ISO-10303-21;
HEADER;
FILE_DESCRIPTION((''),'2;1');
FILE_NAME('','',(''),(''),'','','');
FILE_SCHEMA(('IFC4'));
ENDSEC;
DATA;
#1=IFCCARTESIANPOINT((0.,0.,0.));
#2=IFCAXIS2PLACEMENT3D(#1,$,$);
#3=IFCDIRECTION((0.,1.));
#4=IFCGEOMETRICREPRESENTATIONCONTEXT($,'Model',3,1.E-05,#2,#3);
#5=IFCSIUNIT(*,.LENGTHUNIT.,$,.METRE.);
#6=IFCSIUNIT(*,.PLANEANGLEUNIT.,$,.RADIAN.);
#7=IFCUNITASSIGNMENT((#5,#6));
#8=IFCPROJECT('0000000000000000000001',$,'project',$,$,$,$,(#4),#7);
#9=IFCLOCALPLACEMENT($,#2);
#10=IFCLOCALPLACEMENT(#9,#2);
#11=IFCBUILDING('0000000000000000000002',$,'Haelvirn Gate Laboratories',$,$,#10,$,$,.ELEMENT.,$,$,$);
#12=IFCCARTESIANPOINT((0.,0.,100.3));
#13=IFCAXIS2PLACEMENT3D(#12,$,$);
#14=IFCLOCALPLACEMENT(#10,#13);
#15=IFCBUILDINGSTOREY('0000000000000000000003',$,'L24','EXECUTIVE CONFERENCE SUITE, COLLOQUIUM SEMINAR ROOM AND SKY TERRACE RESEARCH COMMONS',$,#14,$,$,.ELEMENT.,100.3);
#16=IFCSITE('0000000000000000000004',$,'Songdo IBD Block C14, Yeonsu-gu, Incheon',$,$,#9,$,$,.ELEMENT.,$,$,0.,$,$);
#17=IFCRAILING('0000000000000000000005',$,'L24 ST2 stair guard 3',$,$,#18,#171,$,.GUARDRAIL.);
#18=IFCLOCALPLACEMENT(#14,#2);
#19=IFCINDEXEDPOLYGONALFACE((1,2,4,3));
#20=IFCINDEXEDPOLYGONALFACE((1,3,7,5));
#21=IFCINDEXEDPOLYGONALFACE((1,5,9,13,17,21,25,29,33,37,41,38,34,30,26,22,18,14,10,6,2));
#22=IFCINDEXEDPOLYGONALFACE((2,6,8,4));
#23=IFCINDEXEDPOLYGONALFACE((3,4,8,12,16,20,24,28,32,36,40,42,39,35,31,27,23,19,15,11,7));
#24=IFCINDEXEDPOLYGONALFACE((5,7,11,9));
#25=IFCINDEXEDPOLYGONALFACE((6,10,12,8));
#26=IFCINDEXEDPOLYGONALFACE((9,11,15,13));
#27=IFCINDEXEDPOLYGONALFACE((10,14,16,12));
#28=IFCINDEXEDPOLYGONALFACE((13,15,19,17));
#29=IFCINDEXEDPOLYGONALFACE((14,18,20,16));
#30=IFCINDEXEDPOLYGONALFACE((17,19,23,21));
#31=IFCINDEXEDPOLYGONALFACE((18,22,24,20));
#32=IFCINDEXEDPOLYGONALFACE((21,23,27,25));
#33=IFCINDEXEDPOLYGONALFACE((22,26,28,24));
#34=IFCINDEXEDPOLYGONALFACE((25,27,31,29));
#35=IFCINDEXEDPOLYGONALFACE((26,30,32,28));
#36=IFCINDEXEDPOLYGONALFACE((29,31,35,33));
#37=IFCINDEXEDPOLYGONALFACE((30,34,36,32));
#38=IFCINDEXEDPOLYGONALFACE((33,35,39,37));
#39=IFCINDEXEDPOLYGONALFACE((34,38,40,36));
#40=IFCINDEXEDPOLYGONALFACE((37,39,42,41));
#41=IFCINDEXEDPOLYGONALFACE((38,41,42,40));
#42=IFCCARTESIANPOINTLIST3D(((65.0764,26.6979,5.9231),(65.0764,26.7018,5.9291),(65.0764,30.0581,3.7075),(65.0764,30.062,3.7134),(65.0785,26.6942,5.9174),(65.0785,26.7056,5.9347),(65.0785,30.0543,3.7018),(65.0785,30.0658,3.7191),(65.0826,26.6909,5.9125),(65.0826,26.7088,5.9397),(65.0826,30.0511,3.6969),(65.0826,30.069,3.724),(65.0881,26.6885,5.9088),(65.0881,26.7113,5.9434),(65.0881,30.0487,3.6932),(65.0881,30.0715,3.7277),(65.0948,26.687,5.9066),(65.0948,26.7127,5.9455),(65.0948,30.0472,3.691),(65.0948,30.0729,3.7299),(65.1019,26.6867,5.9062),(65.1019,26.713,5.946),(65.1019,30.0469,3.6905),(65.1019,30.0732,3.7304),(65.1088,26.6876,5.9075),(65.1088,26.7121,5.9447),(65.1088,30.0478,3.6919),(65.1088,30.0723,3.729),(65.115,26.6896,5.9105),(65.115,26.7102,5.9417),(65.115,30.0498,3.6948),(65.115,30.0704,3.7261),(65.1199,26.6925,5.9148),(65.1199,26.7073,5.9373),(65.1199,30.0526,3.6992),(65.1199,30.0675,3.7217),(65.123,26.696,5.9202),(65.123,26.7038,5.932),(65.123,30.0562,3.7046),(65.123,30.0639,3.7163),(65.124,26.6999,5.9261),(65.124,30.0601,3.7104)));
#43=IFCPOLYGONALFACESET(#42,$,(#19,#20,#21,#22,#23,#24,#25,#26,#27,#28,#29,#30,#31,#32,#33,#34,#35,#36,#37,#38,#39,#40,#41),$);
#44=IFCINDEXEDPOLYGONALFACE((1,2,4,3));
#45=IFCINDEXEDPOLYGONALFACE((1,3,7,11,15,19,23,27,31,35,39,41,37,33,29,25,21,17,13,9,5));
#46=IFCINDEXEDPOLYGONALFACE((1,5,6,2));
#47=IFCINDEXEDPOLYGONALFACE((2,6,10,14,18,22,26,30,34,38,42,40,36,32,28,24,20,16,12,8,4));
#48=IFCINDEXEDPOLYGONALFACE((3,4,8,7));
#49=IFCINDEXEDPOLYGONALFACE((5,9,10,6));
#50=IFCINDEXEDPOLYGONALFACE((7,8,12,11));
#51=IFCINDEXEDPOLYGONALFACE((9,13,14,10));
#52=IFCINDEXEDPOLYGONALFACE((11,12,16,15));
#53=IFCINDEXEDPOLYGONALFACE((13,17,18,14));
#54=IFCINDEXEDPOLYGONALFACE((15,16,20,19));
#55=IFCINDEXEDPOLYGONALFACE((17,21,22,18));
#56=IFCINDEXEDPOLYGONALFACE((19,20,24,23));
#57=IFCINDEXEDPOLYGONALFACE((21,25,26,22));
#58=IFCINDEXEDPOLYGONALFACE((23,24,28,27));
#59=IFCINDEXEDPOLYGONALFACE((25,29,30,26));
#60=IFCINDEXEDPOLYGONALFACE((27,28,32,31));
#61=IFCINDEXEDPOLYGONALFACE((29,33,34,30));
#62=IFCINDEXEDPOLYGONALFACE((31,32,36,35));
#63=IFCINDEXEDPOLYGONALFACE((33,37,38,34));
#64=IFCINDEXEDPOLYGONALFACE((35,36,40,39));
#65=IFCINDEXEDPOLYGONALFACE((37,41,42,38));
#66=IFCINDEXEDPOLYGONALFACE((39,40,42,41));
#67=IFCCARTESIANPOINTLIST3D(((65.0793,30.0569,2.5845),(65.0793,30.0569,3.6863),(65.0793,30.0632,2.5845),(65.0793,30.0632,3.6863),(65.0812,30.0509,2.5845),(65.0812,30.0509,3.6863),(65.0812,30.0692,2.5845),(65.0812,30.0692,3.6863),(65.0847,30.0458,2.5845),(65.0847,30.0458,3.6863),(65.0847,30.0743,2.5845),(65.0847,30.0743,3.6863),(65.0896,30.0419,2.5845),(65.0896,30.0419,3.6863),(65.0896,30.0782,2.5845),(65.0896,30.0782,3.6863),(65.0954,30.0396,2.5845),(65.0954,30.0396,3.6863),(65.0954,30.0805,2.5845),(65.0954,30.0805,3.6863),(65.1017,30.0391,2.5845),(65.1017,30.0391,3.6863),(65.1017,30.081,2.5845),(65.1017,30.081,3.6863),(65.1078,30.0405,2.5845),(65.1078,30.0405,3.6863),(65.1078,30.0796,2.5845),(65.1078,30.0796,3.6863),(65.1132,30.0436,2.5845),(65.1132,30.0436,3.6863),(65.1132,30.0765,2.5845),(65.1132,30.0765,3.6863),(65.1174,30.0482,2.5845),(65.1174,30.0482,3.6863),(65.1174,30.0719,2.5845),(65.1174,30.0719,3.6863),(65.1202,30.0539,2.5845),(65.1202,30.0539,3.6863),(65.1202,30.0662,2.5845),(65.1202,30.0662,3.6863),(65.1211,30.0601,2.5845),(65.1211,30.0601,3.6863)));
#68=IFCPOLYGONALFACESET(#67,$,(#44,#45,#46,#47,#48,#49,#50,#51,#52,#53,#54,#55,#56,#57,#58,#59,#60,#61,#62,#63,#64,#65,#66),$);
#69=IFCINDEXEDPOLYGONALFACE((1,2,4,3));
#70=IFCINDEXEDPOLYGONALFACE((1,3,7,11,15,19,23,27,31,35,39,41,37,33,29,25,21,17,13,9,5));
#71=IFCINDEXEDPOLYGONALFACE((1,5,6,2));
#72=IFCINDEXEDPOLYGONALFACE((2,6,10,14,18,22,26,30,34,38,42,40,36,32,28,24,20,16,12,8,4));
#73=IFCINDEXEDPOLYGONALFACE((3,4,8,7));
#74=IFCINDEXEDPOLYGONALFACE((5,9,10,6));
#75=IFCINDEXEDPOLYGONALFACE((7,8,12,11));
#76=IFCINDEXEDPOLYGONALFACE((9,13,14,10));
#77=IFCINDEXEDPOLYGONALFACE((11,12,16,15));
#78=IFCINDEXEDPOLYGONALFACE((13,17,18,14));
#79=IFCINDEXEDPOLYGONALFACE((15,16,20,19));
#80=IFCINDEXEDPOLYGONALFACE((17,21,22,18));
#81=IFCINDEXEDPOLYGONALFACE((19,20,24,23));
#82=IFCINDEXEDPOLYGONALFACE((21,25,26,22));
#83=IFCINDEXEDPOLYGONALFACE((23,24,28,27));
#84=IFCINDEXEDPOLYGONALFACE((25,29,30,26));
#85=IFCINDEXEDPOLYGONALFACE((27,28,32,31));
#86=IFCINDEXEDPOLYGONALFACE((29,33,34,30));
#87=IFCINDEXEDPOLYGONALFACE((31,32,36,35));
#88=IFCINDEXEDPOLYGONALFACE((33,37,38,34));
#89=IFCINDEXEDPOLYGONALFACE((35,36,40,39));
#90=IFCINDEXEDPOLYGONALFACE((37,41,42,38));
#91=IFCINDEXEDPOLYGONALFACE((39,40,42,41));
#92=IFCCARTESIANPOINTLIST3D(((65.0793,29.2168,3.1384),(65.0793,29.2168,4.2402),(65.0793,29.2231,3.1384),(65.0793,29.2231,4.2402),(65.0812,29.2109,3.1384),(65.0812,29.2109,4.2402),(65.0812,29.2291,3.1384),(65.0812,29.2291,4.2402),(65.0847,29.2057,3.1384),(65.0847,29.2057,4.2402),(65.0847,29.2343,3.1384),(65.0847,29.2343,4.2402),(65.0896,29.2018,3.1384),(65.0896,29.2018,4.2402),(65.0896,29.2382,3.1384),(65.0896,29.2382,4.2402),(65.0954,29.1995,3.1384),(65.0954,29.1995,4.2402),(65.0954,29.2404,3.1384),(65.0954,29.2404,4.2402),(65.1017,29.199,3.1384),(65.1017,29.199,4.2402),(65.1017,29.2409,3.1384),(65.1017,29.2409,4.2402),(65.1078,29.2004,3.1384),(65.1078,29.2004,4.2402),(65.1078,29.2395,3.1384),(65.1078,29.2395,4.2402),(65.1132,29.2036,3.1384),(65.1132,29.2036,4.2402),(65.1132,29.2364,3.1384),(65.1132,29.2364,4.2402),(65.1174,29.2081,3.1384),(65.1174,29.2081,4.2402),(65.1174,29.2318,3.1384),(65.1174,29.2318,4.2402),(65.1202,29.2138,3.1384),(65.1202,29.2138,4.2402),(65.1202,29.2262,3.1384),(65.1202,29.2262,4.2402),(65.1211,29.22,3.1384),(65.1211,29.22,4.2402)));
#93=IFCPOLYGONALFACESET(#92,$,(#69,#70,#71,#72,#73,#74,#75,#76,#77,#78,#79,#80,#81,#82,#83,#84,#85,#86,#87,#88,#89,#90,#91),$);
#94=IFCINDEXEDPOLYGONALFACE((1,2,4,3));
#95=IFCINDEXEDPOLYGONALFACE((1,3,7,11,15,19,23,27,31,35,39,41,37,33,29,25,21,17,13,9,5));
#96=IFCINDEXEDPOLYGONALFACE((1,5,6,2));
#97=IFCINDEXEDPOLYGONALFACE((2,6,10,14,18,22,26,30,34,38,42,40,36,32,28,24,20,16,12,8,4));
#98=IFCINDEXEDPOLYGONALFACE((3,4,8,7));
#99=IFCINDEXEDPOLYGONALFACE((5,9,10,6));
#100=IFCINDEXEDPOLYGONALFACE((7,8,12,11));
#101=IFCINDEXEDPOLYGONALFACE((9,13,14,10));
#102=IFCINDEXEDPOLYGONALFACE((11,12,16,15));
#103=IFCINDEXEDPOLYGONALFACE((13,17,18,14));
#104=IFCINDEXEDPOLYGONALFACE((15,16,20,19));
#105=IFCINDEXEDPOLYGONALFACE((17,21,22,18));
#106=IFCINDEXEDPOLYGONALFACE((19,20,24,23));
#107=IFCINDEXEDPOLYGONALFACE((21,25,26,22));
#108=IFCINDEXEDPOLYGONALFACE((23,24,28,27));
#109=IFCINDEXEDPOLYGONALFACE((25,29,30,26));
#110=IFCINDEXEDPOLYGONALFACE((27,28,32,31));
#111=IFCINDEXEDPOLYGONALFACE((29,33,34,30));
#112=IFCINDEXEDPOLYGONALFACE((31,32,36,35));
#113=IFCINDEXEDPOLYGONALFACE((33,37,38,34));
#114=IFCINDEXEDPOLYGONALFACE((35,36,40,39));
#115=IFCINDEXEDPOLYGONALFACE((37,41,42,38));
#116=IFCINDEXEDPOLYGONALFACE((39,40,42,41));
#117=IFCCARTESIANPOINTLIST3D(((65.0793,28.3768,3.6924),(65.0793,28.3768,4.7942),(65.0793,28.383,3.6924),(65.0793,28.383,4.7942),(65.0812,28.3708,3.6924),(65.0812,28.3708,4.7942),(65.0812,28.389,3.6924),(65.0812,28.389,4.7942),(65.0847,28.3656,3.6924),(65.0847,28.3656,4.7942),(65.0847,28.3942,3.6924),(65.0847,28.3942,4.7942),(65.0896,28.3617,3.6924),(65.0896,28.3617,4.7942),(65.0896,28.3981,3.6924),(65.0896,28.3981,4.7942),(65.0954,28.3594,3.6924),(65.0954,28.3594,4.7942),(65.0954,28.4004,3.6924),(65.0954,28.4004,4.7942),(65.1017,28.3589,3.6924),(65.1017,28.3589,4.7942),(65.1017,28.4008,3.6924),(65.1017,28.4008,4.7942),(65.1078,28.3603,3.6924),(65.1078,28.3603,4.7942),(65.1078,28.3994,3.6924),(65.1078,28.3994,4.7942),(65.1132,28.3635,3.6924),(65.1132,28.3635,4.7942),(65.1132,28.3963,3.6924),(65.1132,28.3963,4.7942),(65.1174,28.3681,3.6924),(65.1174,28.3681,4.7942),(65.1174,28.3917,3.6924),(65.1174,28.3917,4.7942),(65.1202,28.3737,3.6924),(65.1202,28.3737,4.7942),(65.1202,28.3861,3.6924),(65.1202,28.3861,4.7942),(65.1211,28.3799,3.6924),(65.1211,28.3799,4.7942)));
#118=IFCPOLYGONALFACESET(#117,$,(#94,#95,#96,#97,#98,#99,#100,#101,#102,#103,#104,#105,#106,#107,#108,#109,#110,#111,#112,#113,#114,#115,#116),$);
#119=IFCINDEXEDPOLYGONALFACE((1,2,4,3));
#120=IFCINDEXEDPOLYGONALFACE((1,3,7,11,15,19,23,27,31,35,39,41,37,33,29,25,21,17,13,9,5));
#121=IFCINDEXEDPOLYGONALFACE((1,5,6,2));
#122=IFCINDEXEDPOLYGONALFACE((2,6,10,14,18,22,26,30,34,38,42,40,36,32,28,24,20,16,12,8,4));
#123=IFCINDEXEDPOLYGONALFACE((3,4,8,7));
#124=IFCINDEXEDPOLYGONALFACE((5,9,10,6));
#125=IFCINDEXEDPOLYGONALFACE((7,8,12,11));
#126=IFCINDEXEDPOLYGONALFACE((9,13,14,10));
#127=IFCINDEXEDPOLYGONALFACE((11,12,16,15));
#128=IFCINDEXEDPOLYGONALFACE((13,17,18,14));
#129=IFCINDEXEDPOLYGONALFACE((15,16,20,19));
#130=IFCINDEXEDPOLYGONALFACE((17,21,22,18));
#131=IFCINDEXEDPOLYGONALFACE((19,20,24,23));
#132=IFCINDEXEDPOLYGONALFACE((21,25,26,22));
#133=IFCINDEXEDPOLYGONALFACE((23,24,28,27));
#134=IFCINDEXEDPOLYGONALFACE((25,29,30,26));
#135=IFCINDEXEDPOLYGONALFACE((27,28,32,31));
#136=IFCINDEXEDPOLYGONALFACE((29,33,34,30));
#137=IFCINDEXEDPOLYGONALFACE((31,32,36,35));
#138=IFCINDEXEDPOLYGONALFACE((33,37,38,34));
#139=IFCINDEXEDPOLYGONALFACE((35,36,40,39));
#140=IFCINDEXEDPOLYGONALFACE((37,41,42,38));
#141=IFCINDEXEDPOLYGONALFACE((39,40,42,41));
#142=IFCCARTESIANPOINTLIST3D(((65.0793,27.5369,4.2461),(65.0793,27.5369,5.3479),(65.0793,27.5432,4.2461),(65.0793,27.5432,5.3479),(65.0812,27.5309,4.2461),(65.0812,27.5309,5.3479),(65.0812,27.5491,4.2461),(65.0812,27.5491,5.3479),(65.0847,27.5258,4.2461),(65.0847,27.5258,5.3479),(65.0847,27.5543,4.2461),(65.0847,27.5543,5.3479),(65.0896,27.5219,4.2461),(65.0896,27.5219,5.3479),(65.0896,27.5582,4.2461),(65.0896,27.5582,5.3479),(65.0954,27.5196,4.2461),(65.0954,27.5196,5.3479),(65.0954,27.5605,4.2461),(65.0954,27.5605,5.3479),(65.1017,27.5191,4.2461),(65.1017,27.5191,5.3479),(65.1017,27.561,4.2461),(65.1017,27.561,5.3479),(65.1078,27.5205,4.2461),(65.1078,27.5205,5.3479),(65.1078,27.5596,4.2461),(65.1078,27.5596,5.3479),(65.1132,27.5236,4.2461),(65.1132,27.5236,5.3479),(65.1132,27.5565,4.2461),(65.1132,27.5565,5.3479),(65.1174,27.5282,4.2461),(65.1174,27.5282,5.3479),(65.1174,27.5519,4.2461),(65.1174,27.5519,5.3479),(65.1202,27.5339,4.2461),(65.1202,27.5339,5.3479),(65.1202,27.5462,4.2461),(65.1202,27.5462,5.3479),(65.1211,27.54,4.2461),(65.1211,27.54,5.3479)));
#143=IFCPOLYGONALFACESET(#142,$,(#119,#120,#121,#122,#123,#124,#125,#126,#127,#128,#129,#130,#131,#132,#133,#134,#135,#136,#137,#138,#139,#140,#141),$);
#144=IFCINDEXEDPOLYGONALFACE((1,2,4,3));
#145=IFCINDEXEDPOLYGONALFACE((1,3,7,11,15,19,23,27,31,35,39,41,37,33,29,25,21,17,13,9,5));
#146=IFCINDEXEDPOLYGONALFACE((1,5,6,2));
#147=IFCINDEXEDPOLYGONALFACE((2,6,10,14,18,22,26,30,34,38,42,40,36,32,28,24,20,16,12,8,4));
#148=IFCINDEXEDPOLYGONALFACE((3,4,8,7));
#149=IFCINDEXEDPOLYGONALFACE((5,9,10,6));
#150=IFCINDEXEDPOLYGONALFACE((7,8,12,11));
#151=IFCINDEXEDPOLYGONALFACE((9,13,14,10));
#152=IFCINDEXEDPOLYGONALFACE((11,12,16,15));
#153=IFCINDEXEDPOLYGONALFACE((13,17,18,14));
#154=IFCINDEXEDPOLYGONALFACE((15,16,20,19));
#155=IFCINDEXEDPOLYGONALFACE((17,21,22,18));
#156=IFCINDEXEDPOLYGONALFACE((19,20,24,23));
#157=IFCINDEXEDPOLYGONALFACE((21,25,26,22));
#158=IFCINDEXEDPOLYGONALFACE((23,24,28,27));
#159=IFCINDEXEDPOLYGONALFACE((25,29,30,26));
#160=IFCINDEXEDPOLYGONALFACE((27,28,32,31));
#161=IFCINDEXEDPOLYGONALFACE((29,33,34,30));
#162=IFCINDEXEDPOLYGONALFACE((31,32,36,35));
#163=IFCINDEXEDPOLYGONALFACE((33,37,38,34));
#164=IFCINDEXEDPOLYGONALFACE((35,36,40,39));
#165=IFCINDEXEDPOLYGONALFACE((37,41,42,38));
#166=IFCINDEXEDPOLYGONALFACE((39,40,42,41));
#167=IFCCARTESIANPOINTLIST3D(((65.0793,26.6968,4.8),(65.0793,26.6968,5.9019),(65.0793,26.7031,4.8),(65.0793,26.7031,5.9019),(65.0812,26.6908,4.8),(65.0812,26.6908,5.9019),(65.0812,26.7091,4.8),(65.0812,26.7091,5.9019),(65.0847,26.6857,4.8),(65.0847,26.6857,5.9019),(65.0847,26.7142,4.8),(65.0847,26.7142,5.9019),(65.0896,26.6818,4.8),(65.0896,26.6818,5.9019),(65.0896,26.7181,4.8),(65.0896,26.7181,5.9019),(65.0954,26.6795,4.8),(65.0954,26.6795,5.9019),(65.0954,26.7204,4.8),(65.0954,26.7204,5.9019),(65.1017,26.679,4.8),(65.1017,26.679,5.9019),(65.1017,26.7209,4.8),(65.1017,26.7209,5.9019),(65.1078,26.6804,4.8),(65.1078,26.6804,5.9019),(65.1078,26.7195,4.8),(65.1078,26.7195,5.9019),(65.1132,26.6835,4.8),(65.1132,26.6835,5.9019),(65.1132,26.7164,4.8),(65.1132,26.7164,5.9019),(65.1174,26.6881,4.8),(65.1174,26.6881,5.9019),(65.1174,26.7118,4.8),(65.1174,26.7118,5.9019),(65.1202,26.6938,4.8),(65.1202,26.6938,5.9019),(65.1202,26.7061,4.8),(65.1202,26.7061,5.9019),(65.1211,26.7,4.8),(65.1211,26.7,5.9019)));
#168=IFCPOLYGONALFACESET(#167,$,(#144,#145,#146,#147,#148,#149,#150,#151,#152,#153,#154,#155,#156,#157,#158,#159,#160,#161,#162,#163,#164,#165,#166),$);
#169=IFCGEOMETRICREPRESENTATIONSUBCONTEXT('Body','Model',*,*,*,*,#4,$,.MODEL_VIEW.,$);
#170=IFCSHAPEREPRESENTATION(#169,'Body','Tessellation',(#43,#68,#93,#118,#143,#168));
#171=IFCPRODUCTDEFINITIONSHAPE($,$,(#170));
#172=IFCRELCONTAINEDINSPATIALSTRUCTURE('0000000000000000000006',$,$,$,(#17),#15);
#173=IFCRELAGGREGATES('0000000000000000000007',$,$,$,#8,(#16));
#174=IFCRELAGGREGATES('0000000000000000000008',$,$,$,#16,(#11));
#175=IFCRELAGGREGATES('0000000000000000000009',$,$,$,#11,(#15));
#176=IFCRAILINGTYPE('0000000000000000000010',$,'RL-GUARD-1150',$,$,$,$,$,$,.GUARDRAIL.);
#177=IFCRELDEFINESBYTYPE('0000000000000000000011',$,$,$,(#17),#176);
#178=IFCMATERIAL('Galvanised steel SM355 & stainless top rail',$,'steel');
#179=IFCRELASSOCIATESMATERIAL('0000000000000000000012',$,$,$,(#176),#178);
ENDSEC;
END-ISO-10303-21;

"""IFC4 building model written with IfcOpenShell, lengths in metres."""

from ifc_helpers import new_model, si_unit, direction, frame, origin, origin_2d, place, context, subcontext, project, spatial, circle, extrude, source, transform, mapped, material, type_object, element, save


model = new_model("IFC4")

# Units and contexts
model_context = context("Model", 3, precision=1e-05, world=origin(), true_north=direction((0.0, 1.0)))
body_context = subcontext(model_context, "Body", "Model", "MODEL_VIEW")
ifc_project = project(units=[si_unit("LENGTHUNIT", "METRE"), si_unit("PLANEANGLEUNIT", "RADIAN")], contexts=[model_context])

# Site, building, storey
site_placement = place(None, origin())
site = spatial("IfcSite", under=ifc_project, at=site_placement, Name="Songdo IBD Block C14, Yeonsu-gu, Incheon", CompositionType="ELEMENT", RefElevation=0.0)
building_placement = place(site_placement, origin())
building = spatial("IfcBuilding", under=site, at=building_placement, Name="Haelvirn Gate Laboratories", CompositionType="ELEMENT")
storey_placement = place(building_placement, frame((0.0, 0.0, 100.3)))
storey = spatial("IfcBuildingStorey", under=building, at=storey_placement, Name="L24", Description="EXECUTIVE CONFERENCE SUITE, COLLOQUIUM SEMINAR ROOM AND SKY TERRACE RESEARCH COMMONS", CompositionType="ELEMENT", Elevation=100.3)

# Railing
ifc_material_1 = material(Name="Galvanised steel SM355 & stainless top rail", Category="steel")
railing_type_1 = type_object("IfcRailingType", Name="RL-GUARD-1150", PredefinedType="GUARDRAIL", material=ifc_material_1)
shared_shape_1 = source(origin(), body_context, "Body", "SweptSolid", [
    extrude(circle(Radius=0.0239, at=origin_2d()), frame((0.0, 0.0, 1.126), z_axis=(0.0, -0.834849, 0.55048), x_axis=(1.0, 0.0, 0.0)), (0.0, 0.0, 1.0), 4.0249),
    extrude(circle(Radius=0.021, at=origin_2d()), origin(), (0.0, 0.0, 1.0), 1.1018),
    extrude(circle(Radius=0.021, at=origin_2d()), frame((0.0, -0.8401, 0.554)), (0.0, 0.0, 1.0), 1.1018),
    extrude(circle(Radius=0.021, at=origin_2d()), frame((0.0, -1.6802, 1.1079)), (0.0, 0.0, 1.0), 1.1018),
    extrude(circle(Radius=0.021, at=origin_2d()), frame((0.0, -2.52, 1.6616)), (0.0, 0.0, 1.0), 1.1018),
    extrude(circle(Radius=0.021, at=origin_2d()), frame((0.0, -3.3601, 2.2156)), (0.0, 0.0, 1.0), 1.1018),
])
railing_1_placement = place(storey_placement, frame((65.1001, 30.0601, 2.5845)))
element("IfcRailing", 1, at=railing_1_placement, inside=storey, type_object=railing_type_1, Name="L24 ST2 stair guard 3", PredefinedType="GUARDRAIL", context=body_context, shape_type="MappedRepresentation", body=[
    mapped(shared_shape_1, transform((0.0, 0.0, 0.0), scale=1.0)),
])

save(model, "model.ifc")
